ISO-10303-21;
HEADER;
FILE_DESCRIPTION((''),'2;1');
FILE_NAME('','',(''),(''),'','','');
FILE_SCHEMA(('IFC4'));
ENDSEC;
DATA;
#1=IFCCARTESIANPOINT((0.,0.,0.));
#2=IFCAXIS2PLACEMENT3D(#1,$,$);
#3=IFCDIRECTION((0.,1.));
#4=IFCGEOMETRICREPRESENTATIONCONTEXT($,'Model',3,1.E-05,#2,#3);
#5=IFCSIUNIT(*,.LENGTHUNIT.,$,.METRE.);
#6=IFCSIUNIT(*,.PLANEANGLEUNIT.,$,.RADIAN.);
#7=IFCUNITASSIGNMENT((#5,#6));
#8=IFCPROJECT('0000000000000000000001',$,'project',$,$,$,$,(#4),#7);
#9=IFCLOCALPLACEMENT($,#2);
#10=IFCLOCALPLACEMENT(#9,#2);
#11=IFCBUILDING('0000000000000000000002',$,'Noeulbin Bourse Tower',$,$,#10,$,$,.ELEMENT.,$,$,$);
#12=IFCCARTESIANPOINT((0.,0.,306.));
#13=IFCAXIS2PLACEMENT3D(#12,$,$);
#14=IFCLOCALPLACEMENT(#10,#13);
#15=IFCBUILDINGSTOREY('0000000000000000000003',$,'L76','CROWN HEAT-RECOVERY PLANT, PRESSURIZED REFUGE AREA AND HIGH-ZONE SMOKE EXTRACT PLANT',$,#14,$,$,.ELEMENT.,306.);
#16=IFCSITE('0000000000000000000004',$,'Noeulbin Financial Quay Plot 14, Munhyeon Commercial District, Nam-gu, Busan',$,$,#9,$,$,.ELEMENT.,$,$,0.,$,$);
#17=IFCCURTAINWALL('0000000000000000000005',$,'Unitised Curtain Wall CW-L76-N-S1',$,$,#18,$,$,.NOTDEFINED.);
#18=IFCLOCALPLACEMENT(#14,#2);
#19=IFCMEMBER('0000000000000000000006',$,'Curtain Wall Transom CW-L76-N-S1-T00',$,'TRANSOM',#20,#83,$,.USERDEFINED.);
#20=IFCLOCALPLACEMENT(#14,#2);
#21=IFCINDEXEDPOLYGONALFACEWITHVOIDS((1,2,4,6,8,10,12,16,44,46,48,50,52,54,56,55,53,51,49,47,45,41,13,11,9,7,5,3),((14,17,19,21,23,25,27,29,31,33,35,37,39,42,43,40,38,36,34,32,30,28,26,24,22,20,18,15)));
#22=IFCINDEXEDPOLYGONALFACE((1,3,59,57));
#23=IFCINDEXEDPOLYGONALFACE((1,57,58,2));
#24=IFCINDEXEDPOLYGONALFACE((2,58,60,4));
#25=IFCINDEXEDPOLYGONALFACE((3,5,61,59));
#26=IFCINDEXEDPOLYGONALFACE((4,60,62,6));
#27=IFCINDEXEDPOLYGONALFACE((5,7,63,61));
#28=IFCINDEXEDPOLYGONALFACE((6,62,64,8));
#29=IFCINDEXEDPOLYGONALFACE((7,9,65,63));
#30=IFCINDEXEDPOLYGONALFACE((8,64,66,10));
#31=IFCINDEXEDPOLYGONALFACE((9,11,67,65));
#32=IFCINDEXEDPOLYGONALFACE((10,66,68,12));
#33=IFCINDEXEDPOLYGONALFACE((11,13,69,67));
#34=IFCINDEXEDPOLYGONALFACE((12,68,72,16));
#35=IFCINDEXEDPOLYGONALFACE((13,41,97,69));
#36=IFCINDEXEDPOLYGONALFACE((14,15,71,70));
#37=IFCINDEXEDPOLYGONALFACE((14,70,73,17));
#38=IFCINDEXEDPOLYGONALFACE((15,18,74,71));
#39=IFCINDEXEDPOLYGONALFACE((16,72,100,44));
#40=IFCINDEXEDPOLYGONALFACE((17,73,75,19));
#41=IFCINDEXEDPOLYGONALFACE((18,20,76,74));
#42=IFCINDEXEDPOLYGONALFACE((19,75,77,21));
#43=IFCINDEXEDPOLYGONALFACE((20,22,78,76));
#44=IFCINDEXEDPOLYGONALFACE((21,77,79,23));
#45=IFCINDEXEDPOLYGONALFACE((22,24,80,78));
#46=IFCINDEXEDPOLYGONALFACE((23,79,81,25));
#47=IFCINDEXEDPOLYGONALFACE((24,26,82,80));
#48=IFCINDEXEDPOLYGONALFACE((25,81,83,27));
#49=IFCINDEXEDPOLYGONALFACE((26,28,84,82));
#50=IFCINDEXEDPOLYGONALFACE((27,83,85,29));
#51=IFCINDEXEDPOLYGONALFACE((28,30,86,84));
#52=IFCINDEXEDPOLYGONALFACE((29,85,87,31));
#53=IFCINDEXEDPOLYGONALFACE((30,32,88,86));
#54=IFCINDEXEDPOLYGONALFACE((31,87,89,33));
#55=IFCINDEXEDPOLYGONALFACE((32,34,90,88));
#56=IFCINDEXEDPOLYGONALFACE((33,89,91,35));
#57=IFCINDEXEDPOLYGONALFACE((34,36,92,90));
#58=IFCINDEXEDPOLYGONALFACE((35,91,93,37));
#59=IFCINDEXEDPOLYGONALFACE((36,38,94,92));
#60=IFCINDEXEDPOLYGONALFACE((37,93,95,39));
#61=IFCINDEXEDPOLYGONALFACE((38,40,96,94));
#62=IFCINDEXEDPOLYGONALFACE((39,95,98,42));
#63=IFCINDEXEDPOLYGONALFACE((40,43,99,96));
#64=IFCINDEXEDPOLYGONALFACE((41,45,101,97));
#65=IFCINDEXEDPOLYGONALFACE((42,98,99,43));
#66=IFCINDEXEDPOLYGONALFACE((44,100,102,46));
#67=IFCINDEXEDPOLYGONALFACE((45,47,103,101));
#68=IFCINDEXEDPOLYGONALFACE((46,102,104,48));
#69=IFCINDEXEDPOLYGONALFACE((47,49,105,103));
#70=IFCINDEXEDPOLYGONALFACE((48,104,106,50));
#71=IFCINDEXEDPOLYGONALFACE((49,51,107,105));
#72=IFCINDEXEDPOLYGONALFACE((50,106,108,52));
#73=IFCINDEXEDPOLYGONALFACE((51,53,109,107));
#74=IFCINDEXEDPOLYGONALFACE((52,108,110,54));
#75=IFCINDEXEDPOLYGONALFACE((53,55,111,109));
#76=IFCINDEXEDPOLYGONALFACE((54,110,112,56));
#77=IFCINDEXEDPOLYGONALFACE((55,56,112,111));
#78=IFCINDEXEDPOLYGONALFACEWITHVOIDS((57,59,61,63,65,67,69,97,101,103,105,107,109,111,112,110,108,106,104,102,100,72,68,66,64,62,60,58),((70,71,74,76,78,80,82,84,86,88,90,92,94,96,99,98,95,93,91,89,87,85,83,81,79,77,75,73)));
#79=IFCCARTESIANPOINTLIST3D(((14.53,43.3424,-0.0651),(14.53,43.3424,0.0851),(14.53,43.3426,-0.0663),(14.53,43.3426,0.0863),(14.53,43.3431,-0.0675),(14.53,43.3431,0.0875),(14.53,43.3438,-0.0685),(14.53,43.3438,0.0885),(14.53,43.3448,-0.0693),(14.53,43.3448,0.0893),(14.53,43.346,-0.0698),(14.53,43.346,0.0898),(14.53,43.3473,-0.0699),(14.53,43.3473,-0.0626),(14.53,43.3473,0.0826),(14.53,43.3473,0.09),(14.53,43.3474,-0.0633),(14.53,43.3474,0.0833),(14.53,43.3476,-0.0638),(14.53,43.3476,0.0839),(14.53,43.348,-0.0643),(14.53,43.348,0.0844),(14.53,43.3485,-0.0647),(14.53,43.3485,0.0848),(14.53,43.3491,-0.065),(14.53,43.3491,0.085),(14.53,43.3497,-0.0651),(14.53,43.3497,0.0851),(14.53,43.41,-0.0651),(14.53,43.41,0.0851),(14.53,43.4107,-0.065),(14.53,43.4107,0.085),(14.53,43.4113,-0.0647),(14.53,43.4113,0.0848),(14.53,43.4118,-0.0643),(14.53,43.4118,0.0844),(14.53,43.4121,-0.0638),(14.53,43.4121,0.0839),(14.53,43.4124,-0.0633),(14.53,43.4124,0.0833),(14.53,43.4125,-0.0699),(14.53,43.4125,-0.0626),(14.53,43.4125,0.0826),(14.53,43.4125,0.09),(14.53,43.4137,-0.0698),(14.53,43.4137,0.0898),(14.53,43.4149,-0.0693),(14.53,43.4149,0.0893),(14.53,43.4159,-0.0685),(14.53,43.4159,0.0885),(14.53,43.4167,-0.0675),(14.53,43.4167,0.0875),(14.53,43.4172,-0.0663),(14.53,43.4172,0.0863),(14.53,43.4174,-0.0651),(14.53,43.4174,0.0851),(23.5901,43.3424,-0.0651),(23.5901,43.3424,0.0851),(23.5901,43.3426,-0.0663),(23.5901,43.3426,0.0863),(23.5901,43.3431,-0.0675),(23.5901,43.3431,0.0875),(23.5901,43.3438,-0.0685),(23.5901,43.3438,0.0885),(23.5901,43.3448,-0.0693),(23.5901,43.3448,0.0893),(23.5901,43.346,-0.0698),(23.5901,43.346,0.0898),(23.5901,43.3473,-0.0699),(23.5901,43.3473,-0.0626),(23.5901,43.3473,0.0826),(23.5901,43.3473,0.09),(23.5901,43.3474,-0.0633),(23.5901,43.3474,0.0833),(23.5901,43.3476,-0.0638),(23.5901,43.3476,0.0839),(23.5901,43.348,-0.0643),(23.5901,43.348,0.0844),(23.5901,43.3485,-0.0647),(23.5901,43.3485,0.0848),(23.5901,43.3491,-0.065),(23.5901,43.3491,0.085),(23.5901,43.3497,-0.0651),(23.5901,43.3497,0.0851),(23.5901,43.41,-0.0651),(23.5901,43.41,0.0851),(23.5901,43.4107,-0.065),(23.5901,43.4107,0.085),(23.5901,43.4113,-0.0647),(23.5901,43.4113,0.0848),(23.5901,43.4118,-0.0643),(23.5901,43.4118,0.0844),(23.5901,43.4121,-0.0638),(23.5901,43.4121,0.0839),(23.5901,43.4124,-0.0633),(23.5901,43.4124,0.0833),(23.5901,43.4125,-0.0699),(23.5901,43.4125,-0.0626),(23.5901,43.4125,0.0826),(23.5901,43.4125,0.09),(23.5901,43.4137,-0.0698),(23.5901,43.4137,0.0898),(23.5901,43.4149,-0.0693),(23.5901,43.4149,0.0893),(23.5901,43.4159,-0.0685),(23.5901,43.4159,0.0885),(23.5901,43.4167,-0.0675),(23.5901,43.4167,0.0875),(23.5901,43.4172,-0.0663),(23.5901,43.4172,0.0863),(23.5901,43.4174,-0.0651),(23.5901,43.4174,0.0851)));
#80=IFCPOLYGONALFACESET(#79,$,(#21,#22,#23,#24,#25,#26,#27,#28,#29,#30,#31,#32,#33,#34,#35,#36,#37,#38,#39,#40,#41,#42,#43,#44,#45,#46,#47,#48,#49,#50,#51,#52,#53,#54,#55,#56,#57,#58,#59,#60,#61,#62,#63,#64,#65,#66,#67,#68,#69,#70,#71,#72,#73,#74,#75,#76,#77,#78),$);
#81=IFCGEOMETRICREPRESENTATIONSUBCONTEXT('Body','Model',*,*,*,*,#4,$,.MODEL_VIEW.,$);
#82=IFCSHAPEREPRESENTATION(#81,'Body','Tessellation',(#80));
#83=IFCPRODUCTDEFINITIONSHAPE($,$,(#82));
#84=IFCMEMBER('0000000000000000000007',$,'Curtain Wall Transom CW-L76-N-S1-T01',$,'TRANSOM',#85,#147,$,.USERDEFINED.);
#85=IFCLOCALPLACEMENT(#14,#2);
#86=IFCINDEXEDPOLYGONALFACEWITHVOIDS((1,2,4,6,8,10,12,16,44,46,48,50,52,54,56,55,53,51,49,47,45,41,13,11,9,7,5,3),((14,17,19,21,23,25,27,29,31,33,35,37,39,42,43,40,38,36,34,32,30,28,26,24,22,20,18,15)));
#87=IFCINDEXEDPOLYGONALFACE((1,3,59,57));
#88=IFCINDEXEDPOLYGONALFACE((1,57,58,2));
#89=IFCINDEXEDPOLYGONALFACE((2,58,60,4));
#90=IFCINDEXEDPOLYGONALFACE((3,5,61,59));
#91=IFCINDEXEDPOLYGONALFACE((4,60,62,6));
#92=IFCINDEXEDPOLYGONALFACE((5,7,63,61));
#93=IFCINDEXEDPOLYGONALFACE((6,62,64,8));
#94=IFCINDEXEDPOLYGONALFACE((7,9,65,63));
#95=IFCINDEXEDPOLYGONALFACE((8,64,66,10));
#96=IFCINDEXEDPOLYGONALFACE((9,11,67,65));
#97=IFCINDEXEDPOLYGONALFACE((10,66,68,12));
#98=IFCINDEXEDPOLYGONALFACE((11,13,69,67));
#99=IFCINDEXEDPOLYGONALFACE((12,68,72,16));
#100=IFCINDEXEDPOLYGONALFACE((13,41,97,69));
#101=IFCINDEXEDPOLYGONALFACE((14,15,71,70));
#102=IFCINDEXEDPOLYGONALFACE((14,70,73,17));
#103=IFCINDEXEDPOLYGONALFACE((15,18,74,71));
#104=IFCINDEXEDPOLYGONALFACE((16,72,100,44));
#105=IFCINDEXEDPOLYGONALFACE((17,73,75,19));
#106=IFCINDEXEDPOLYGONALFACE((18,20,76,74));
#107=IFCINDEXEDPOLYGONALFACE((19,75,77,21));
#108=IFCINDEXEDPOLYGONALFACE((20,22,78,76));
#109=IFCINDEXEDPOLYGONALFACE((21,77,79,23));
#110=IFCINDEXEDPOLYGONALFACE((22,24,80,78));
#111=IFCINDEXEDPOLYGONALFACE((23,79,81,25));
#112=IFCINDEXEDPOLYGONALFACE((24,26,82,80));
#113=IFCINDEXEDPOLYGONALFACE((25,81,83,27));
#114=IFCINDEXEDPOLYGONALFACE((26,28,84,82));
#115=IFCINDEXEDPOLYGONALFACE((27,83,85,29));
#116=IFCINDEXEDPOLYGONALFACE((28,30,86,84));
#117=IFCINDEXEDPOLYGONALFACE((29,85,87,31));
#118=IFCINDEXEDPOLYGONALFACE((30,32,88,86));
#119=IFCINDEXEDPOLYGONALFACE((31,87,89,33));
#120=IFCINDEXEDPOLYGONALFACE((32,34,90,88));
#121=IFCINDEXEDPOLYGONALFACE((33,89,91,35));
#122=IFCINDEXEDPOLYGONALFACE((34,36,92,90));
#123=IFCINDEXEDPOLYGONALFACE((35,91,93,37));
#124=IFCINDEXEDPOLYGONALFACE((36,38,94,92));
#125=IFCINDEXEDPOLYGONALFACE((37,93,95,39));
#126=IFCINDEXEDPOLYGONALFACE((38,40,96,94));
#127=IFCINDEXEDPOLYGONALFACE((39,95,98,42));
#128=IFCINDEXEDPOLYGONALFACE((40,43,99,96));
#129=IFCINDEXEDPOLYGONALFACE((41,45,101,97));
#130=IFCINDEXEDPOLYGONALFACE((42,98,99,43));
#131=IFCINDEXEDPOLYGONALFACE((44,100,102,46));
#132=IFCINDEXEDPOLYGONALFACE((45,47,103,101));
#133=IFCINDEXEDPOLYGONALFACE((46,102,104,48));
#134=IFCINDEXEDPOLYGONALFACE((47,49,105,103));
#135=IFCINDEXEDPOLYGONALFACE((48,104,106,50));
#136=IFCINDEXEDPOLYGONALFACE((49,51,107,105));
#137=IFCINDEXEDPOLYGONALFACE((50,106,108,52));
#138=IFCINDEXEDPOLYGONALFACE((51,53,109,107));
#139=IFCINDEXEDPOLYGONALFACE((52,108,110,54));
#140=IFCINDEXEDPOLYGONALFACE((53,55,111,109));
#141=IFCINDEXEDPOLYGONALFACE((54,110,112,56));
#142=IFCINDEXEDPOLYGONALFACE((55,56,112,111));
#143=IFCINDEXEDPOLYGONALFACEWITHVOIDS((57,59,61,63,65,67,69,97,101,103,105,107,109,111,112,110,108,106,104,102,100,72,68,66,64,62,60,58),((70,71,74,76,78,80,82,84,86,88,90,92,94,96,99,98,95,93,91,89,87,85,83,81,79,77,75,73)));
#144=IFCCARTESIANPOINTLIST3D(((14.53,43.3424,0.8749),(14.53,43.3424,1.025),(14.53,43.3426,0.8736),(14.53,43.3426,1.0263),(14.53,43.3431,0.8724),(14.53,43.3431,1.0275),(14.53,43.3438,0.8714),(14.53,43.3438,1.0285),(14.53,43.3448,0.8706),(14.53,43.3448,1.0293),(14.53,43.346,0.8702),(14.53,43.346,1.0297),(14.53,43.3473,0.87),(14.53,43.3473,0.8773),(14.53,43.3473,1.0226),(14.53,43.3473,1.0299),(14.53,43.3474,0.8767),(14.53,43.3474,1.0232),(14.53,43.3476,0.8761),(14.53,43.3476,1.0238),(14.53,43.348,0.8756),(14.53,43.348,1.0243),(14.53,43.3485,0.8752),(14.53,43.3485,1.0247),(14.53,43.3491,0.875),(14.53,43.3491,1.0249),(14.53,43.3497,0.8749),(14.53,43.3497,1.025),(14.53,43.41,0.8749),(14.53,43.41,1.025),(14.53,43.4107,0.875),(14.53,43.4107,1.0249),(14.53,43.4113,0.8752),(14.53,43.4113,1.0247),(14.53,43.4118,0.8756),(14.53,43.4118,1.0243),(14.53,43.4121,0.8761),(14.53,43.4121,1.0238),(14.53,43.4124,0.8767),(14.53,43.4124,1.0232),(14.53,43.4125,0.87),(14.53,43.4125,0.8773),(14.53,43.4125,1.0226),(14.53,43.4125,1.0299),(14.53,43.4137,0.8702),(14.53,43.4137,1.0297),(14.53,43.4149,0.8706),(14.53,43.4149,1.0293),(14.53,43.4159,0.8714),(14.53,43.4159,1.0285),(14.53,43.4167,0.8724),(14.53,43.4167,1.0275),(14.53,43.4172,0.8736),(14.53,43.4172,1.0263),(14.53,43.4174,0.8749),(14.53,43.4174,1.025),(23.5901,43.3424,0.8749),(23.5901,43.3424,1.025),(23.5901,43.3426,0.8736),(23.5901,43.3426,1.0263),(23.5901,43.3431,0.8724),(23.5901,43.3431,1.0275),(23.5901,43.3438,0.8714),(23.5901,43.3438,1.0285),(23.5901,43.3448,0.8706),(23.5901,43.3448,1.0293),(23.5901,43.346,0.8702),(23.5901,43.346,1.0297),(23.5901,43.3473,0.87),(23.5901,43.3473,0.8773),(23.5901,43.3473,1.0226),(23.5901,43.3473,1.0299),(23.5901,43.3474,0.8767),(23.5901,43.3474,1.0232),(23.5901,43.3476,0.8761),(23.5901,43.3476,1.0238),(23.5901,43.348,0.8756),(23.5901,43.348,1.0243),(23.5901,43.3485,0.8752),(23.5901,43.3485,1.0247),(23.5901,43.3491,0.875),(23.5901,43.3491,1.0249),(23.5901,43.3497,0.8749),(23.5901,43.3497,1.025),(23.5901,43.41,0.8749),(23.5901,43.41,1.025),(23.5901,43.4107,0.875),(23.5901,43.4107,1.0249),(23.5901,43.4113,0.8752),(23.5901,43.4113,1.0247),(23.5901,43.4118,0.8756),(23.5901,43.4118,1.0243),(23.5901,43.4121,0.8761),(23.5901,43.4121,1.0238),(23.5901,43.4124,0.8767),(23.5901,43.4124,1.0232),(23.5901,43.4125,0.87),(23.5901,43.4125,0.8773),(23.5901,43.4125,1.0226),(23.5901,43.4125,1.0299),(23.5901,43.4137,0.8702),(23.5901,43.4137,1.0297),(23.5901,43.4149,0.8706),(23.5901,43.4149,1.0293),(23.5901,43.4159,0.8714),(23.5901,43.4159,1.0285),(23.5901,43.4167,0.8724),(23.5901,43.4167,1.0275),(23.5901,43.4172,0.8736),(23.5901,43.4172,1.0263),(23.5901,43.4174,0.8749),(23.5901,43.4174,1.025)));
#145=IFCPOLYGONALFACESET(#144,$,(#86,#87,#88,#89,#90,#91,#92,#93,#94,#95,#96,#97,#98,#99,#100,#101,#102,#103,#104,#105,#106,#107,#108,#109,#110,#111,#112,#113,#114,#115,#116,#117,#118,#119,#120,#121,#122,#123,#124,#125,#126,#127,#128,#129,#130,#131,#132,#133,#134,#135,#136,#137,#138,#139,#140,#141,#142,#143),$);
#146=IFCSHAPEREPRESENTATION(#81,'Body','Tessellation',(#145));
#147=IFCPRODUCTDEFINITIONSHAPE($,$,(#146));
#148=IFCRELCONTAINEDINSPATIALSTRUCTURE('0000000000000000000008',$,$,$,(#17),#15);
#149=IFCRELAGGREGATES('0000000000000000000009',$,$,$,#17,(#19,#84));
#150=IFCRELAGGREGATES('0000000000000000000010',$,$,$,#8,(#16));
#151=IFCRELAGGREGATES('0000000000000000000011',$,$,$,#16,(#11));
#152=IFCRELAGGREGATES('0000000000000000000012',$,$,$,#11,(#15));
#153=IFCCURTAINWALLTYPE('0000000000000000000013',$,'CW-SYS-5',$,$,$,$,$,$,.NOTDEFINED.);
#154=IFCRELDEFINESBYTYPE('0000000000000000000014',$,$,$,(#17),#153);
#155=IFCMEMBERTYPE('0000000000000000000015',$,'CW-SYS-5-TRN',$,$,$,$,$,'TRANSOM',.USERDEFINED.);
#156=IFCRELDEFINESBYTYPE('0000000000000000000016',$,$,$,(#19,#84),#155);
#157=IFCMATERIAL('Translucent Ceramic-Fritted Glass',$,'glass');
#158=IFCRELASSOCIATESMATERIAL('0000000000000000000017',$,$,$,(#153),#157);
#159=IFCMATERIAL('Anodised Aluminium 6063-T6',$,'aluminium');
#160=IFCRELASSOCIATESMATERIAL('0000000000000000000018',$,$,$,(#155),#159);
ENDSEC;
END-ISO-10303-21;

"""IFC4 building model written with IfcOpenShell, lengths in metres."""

from ifc_helpers import new_model, si_unit, direction, frame, origin, origin_2d, place, context, subcontext, project, spatial, hollow_rectangle, extrude, material, material_profile, profile_set, type_object, element, aggregate, save


model = new_model("IFC4")

# Units and contexts
model_context = context("Model", 3, precision=1e-05, world=origin(), true_north=direction((0.0, 1.0)))
body_context = subcontext(model_context, "Body", "Model", "MODEL_VIEW")
ifc_project = project(units=[si_unit("LENGTHUNIT", "METRE"), si_unit("PLANEANGLEUNIT", "RADIAN")], contexts=[model_context])

# Site, building, storey
site_placement = place(None, origin())
site = spatial("IfcSite", under=ifc_project, at=site_placement, Name="Noeulbin Financial Quay Plot 14, Munhyeon Commercial District, Nam-gu, Busan", CompositionType="ELEMENT", RefElevation=0.0)
building_placement = place(site_placement, origin())
building = spatial("IfcBuilding", under=site, at=building_placement, Name="Noeulbin Bourse Tower", CompositionType="ELEMENT")
storey_placement = place(building_placement, frame((0.0, 0.0, 306.0)))
storey = spatial("IfcBuildingStorey", under=building, at=storey_placement, Name="L76", Description="CROWN HEAT-RECOVERY PLANT, PRESSURIZED REFUGE AREA AND HIGH-ZONE SMOKE EXTRACT PLANT", CompositionType="ELEMENT", Elevation=306.0)

# Curtain wall
ifc_material_1 = material(Name="Translucent Ceramic-Fritted Glass", Category="glass")
curtain_wall_type = type_object("IfcCurtainWallType", Name="CW-SYS-5", PredefinedType="NOTDEFINED", material=ifc_material_1)
curtain_wall_1_placement = place(storey_placement, origin())
curtain_wall_1 = element("IfcCurtainWall", 1, at=curtain_wall_1_placement, inside=storey, type_object=curtain_wall_type, Name="Unitised Curtain Wall CW-L76-N-S1", PredefinedType="NOTDEFINED")
ifc_material_2 = material(Name="Anodised Aluminium 6063-T6", Category="aluminium")

# Members
ifc_material_profile_1 = material_profile(ifc_material_2, hollow_rectangle(XDim=0.075, YDim=0.1599, WallThickness=0.0049, InnerFilletRadius=0.0024, OuterFilletRadius=0.0049, at=origin_2d()), Name="ALU-TRAN-75x160x5", Category="LoadBearing")
ifc_profile_set_1 = profile_set([ifc_material_profile_1], Name="Anodised Aluminium 6063-T6")
member_type_1 = type_object("IfcMemberType", Name="CW-SYS-5-TRN", ElementType="TRANSOM", PredefinedType="USERDEFINED", material=ifc_profile_set_1)
member_1_placement = place(storey_placement, frame((14.53, 43.3799, 0.01), z_axis=(1.0, 0.0, 0.0), x_axis=(0.0, 1.0, 0.0)))
member_1 = element("IfcMember", 2, at=member_1_placement, type_object=member_type_1, Name="Curtain Wall Transom CW-L76-N-S1-T00", ObjectType="TRANSOM", PredefinedType="USERDEFINED", context=body_context, shape_type="SweptSolid", body=[
    extrude(hollow_rectangle(XDim=0.075, YDim=0.1599, WallThickness=0.0049, InnerFilletRadius=0.0024, OuterFilletRadius=0.0049, at=origin_2d()), origin(), (0.0, 0.0, 1.0), 9.0601),
])
member_2_placement = place(storey_placement, frame((14.53, 43.3799, 0.95), z_axis=(1.0, 0.0, 0.0), x_axis=(0.0, 1.0, 0.0)))
member_2 = element("IfcMember", 3, at=member_2_placement, type_object=member_type_1, Name="Curtain Wall Transom CW-L76-N-S1-T01", ObjectType="TRANSOM", PredefinedType="USERDEFINED", context=body_context, shape_type="SweptSolid", body=[
    extrude(hollow_rectangle(XDim=0.075, YDim=0.1599, WallThickness=0.0049, InnerFilletRadius=0.0024, OuterFilletRadius=0.0049, at=origin_2d()), origin(), (0.0, 0.0, 1.0), 9.0601),
])

aggregate(curtain_wall_1, [member_1, member_2])

save(model, "model.ifc")
